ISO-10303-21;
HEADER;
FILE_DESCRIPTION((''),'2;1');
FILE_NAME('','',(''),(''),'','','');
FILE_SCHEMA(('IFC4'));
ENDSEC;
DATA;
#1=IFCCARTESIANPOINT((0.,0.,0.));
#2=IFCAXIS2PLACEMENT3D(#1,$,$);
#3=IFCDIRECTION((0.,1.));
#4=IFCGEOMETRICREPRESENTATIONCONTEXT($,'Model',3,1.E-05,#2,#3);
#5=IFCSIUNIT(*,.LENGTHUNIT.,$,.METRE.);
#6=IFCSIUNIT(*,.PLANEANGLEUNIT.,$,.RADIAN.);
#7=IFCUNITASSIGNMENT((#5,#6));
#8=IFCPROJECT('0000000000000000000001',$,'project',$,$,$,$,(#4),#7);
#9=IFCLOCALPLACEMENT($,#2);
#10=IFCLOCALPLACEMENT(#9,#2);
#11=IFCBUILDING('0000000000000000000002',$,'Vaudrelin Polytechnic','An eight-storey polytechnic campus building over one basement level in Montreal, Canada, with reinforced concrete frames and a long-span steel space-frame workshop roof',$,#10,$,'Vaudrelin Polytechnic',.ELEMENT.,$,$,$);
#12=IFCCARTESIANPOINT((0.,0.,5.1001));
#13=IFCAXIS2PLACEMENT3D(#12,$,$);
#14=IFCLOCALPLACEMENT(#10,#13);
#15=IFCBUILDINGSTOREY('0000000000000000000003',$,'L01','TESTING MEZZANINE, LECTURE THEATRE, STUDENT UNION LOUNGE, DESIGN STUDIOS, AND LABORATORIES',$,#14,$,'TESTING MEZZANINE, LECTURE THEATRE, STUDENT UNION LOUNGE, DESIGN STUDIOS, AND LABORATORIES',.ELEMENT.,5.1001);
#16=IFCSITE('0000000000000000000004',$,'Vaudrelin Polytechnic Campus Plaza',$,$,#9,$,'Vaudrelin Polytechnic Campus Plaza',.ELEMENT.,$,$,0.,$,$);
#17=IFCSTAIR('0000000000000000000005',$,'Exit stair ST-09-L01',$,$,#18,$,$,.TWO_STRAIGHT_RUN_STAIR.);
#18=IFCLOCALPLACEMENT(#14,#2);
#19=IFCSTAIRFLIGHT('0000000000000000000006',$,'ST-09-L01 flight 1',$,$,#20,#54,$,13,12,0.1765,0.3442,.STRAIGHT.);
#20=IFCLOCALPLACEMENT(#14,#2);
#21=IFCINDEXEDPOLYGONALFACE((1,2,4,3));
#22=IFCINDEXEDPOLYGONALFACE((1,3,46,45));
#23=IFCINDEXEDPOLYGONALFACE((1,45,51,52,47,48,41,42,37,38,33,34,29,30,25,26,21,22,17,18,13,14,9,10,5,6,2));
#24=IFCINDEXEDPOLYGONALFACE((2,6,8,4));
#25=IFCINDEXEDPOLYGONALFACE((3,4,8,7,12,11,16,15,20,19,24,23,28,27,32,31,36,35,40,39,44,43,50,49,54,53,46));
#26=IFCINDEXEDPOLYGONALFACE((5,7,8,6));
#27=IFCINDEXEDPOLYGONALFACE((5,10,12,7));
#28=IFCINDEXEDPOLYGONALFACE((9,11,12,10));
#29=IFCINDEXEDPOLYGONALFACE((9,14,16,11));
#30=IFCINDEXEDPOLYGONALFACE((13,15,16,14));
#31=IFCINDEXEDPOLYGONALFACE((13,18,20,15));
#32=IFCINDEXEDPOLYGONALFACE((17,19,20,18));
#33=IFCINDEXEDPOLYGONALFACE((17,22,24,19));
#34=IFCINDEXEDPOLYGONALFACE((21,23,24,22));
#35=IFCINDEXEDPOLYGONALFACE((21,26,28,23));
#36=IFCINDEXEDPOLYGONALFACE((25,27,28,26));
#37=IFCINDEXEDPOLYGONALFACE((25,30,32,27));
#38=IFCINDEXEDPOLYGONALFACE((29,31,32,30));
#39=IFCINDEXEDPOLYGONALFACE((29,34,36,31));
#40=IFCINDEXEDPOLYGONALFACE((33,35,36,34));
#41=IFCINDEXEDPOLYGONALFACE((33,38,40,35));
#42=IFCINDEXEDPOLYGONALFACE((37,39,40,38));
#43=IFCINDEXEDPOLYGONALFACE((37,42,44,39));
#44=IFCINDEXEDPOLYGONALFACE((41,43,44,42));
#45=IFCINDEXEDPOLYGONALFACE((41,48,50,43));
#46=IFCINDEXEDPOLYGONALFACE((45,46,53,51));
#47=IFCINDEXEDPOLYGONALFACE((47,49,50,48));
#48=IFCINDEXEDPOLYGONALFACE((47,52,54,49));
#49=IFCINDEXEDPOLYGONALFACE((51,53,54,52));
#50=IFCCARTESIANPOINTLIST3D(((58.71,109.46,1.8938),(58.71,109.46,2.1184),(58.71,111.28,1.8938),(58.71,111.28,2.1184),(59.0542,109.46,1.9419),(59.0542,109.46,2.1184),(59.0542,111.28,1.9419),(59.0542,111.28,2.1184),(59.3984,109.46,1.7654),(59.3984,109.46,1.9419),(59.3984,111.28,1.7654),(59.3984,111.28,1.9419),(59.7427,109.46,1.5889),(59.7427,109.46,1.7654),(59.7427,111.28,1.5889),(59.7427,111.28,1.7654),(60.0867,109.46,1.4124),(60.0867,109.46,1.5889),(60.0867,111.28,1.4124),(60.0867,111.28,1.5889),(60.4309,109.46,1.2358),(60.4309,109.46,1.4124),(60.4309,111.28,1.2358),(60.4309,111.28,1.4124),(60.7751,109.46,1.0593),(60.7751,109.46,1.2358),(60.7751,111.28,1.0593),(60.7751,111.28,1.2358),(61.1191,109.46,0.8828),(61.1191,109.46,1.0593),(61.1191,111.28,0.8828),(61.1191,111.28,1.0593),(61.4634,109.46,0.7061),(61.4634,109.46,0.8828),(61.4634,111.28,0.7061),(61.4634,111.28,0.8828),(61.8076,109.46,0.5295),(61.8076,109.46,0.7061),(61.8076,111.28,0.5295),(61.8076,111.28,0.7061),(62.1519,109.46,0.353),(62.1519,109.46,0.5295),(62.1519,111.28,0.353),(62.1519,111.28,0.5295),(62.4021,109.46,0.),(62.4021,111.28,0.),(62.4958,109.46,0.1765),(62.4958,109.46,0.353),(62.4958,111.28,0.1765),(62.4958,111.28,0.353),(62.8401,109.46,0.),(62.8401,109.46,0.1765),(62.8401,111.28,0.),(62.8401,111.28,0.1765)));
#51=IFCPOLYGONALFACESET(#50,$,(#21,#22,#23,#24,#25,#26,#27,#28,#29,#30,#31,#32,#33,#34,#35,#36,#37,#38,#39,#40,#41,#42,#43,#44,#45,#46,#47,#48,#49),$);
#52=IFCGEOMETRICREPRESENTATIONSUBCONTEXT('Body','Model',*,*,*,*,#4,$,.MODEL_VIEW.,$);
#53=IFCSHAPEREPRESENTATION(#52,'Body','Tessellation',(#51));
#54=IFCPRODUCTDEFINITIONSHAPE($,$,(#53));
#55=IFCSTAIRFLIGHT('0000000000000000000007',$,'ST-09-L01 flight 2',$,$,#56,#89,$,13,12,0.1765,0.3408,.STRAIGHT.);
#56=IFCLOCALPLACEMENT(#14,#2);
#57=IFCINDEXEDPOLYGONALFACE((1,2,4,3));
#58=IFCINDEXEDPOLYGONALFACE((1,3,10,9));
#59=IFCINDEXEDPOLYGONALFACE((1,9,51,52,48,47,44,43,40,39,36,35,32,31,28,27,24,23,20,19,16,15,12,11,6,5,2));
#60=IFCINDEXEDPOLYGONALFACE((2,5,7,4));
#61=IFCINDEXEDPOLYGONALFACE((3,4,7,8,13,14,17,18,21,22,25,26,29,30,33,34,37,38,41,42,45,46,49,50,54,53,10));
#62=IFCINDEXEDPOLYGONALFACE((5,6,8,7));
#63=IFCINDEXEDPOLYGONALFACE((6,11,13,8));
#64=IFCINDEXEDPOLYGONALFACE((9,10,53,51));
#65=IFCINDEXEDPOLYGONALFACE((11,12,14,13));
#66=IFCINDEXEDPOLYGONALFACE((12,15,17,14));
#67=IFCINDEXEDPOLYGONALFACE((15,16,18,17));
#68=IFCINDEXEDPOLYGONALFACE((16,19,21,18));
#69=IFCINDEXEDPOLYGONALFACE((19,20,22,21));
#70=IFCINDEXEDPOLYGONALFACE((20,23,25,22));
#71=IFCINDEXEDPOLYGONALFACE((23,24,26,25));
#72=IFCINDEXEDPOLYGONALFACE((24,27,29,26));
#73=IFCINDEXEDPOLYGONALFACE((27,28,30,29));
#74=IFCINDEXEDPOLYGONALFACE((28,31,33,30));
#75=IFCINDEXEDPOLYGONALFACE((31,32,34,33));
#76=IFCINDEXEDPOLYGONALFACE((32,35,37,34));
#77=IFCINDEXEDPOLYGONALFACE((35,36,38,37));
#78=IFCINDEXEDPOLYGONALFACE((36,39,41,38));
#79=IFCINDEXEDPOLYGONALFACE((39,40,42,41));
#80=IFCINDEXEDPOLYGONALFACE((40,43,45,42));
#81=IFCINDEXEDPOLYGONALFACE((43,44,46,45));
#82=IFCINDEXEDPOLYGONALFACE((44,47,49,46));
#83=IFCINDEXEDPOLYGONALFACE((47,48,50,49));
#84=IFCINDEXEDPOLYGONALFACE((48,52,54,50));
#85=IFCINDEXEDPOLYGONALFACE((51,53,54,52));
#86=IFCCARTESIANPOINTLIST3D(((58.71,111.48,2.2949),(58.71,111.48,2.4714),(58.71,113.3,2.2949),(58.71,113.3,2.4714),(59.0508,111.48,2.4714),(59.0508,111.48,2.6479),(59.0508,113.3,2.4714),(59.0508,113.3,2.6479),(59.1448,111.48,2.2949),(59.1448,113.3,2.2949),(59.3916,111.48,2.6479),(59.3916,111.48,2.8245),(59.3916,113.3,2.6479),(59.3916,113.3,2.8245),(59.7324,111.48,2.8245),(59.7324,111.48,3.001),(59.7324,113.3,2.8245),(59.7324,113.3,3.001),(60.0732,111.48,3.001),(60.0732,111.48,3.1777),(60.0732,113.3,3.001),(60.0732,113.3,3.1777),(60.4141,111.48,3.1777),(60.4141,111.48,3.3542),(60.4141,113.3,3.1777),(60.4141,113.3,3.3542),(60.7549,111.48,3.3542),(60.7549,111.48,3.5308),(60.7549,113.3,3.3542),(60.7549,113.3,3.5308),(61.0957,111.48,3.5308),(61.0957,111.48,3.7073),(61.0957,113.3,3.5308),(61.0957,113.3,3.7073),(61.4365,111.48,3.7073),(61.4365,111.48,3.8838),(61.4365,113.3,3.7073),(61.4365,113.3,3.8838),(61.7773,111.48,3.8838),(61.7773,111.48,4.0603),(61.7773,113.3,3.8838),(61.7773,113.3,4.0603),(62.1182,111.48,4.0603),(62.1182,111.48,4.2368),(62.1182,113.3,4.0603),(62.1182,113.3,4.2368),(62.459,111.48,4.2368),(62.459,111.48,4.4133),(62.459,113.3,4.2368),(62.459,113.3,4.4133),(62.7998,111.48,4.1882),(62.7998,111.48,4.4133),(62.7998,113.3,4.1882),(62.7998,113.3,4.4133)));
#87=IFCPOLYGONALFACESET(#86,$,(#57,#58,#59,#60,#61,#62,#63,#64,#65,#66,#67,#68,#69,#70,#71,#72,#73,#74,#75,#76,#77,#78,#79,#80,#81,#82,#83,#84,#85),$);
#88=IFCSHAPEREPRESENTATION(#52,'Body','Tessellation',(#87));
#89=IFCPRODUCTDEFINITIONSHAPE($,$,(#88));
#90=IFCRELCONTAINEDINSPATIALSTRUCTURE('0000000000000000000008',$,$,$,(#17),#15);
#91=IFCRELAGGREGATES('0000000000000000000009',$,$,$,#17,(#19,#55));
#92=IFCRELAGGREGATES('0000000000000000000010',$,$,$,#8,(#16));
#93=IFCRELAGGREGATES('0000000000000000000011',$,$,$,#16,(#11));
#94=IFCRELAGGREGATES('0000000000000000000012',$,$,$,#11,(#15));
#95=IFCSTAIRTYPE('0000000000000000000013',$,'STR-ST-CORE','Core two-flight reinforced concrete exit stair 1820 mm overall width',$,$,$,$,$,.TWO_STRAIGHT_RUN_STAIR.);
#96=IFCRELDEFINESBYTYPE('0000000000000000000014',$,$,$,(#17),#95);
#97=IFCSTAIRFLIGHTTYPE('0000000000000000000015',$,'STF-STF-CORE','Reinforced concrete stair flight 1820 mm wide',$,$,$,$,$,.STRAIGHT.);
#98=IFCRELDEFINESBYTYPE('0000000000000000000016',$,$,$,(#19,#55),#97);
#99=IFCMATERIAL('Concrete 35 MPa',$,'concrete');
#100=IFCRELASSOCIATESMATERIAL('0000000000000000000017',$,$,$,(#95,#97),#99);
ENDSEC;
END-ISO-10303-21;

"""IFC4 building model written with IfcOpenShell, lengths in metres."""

from ifc_helpers import new_model, si_unit, direction, frame, origin, place, context, subcontext, project, spatial, polyline, outline, extrude, material, type_object, element, aggregate, save


model = new_model("IFC4")

# Units and contexts
model_context = context("Model", 3, precision=1e-05, world=origin(), true_north=direction((0.0, 1.0)))
body_context = subcontext(model_context, "Body", "Model", "MODEL_VIEW")
ifc_project = project(units=[si_unit("LENGTHUNIT", "METRE"), si_unit("PLANEANGLEUNIT", "RADIAN")], contexts=[model_context])

# Site, building, storey
site_placement = place(None, origin())
site = spatial("IfcSite", under=ifc_project, at=site_placement, Name="Vaudrelin Polytechnic Campus Plaza", LongName="Vaudrelin Polytechnic Campus Plaza", CompositionType="ELEMENT", RefElevation=0.0)
building_placement = place(site_placement, origin())
building = spatial("IfcBuilding", under=site, at=building_placement, Name="Vaudrelin Polytechnic", Description="An eight-storey polytechnic campus building over one basement level in Montreal, Canada, with reinforced concrete frames and a long-span steel space-frame workshop roof", LongName="Vaudrelin Polytechnic", CompositionType="ELEMENT")
storey_placement = place(building_placement, frame((0.0, 0.0, 5.1001)))
storey = spatial("IfcBuildingStorey", under=building, at=storey_placement, Name="L01", Description="TESTING MEZZANINE, LECTURE THEATRE, STUDENT UNION LOUNGE, DESIGN STUDIOS, AND LABORATORIES", LongName="TESTING MEZZANINE, LECTURE THEATRE, STUDENT UNION LOUNGE, DESIGN STUDIOS, AND LABORATORIES", CompositionType="ELEMENT", Elevation=5.1001)

# Stair, stair flights
ifc_material_1 = material(Name="Concrete 35 MPa", Category="concrete")
stair_type = type_object("IfcStairType", Name="STR-ST-CORE", Description="Core two-flight reinforced concrete exit stair 1820 mm overall width", PredefinedType="TWO_STRAIGHT_RUN_STAIR", material=ifc_material_1)
stair_placement = place(storey_placement, origin())
stair = element("IfcStair", 1, at=stair_placement, inside=storey, type_object=stair_type, Name="Exit stair ST-09-L01", PredefinedType="TWO_STRAIGHT_RUN_STAIR")
stair_flight_type = type_object("IfcStairFlightType", Name="STF-STF-CORE", Description="Reinforced concrete stair flight 1820 mm wide", PredefinedType="STRAIGHT", material=ifc_material_1)
stair_flight_1_placement = place(storey_placement, frame((62.8401, 110.3701, 0.0), z_axis=(0.0, 0.0, 1.0), x_axis=(-1.0, 0.0, 0.0)))
stair_flight_1 = element("IfcStairFlight", 2, at=stair_flight_1_placement, type_object=stair_flight_type, Name="ST-09-L01 flight 1", NumberOfRisers=13, NumberOfTreads=12, PredefinedType="STRAIGHT", RiserHeight=0.1765, TreadLength=0.3442, context=body_context, shape_type="SweptSolid", body=[
    extrude(outline(polyline([(0.0, 0.0), (0.0, 0.1765), (0.3442, 0.1765), (0.3442, 0.353), (0.6882, 0.353), (0.6882, 0.5295), (1.0325, 0.5295), (1.0325, 0.7061), (1.3767, 0.7061), (1.3767, 0.8828), (1.7209, 0.8828), (1.7209, 1.0593), (2.0649, 1.0593), (2.0649, 1.2358), (2.4092, 1.2358), (2.4092, 1.4124), (2.7534, 1.4124), (2.7534, 1.5889), (3.0974, 1.5889), (3.0974, 1.7654), (3.4417, 1.7654), (3.4417, 1.9419), (3.7859, 1.9419), (3.7859, 2.1184), (4.1301, 2.1184), (4.1301, 2.2949), (4.1301, 1.8938), (0.438, 0.0), (0.0, 0.0)])), frame((0.0, 0.9102, 0.0), z_axis=(0.0, -1.0, 0.0), x_axis=(1.0, 0.0, 0.0)), (0.0, 0.0, 1.0), 1.8201),
])
stair_flight_2_placement = place(storey_placement, frame((58.71, 112.3899, 2.2949), z_axis=(0.0, 0.0, 1.0), x_axis=(1.0, 0.0, 0.0)))
stair_flight_2 = element("IfcStairFlight", 3, at=stair_flight_2_placement, type_object=stair_flight_type, Name="ST-09-L01 flight 2", NumberOfRisers=13, NumberOfTreads=12, PredefinedType="STRAIGHT", RiserHeight=0.1765, TreadLength=0.3408, context=body_context, shape_type="SweptSolid", body=[
    extrude(outline(polyline([(0.0, 0.0), (0.0, 0.1765), (0.3408, 0.1765), (0.3408, 0.353), (0.6816, 0.353), (0.6816, 0.5295), (1.0225, 0.5295), (1.0225, 0.7061), (1.3633, 0.7061), (1.3633, 0.8828), (1.7041, 0.8828), (1.7041, 1.0593), (2.0449, 1.0593), (2.0449, 1.2358), (2.3857, 1.2358), (2.3857, 1.4124), (2.7266, 1.4124), (2.7266, 1.5889), (3.0674, 1.5889), (3.0674, 1.7654), (3.4082, 1.7654), (3.4082, 1.9419), (3.749, 1.9419), (3.749, 2.1184), (4.0898, 2.1184), (4.0898, 2.2949), (4.0898, 1.8933), (0.4348, 0.0), (0.0, 0.0)])), frame((0.0, 0.9102, 0.0), z_axis=(0.0, -1.0, 0.0), x_axis=(1.0, 0.0, 0.0)), (0.0, 0.0, 1.0), 1.8201),
])
aggregate(stair, [stair_flight_1, stair_flight_2])

save(model, "model.ifc")
